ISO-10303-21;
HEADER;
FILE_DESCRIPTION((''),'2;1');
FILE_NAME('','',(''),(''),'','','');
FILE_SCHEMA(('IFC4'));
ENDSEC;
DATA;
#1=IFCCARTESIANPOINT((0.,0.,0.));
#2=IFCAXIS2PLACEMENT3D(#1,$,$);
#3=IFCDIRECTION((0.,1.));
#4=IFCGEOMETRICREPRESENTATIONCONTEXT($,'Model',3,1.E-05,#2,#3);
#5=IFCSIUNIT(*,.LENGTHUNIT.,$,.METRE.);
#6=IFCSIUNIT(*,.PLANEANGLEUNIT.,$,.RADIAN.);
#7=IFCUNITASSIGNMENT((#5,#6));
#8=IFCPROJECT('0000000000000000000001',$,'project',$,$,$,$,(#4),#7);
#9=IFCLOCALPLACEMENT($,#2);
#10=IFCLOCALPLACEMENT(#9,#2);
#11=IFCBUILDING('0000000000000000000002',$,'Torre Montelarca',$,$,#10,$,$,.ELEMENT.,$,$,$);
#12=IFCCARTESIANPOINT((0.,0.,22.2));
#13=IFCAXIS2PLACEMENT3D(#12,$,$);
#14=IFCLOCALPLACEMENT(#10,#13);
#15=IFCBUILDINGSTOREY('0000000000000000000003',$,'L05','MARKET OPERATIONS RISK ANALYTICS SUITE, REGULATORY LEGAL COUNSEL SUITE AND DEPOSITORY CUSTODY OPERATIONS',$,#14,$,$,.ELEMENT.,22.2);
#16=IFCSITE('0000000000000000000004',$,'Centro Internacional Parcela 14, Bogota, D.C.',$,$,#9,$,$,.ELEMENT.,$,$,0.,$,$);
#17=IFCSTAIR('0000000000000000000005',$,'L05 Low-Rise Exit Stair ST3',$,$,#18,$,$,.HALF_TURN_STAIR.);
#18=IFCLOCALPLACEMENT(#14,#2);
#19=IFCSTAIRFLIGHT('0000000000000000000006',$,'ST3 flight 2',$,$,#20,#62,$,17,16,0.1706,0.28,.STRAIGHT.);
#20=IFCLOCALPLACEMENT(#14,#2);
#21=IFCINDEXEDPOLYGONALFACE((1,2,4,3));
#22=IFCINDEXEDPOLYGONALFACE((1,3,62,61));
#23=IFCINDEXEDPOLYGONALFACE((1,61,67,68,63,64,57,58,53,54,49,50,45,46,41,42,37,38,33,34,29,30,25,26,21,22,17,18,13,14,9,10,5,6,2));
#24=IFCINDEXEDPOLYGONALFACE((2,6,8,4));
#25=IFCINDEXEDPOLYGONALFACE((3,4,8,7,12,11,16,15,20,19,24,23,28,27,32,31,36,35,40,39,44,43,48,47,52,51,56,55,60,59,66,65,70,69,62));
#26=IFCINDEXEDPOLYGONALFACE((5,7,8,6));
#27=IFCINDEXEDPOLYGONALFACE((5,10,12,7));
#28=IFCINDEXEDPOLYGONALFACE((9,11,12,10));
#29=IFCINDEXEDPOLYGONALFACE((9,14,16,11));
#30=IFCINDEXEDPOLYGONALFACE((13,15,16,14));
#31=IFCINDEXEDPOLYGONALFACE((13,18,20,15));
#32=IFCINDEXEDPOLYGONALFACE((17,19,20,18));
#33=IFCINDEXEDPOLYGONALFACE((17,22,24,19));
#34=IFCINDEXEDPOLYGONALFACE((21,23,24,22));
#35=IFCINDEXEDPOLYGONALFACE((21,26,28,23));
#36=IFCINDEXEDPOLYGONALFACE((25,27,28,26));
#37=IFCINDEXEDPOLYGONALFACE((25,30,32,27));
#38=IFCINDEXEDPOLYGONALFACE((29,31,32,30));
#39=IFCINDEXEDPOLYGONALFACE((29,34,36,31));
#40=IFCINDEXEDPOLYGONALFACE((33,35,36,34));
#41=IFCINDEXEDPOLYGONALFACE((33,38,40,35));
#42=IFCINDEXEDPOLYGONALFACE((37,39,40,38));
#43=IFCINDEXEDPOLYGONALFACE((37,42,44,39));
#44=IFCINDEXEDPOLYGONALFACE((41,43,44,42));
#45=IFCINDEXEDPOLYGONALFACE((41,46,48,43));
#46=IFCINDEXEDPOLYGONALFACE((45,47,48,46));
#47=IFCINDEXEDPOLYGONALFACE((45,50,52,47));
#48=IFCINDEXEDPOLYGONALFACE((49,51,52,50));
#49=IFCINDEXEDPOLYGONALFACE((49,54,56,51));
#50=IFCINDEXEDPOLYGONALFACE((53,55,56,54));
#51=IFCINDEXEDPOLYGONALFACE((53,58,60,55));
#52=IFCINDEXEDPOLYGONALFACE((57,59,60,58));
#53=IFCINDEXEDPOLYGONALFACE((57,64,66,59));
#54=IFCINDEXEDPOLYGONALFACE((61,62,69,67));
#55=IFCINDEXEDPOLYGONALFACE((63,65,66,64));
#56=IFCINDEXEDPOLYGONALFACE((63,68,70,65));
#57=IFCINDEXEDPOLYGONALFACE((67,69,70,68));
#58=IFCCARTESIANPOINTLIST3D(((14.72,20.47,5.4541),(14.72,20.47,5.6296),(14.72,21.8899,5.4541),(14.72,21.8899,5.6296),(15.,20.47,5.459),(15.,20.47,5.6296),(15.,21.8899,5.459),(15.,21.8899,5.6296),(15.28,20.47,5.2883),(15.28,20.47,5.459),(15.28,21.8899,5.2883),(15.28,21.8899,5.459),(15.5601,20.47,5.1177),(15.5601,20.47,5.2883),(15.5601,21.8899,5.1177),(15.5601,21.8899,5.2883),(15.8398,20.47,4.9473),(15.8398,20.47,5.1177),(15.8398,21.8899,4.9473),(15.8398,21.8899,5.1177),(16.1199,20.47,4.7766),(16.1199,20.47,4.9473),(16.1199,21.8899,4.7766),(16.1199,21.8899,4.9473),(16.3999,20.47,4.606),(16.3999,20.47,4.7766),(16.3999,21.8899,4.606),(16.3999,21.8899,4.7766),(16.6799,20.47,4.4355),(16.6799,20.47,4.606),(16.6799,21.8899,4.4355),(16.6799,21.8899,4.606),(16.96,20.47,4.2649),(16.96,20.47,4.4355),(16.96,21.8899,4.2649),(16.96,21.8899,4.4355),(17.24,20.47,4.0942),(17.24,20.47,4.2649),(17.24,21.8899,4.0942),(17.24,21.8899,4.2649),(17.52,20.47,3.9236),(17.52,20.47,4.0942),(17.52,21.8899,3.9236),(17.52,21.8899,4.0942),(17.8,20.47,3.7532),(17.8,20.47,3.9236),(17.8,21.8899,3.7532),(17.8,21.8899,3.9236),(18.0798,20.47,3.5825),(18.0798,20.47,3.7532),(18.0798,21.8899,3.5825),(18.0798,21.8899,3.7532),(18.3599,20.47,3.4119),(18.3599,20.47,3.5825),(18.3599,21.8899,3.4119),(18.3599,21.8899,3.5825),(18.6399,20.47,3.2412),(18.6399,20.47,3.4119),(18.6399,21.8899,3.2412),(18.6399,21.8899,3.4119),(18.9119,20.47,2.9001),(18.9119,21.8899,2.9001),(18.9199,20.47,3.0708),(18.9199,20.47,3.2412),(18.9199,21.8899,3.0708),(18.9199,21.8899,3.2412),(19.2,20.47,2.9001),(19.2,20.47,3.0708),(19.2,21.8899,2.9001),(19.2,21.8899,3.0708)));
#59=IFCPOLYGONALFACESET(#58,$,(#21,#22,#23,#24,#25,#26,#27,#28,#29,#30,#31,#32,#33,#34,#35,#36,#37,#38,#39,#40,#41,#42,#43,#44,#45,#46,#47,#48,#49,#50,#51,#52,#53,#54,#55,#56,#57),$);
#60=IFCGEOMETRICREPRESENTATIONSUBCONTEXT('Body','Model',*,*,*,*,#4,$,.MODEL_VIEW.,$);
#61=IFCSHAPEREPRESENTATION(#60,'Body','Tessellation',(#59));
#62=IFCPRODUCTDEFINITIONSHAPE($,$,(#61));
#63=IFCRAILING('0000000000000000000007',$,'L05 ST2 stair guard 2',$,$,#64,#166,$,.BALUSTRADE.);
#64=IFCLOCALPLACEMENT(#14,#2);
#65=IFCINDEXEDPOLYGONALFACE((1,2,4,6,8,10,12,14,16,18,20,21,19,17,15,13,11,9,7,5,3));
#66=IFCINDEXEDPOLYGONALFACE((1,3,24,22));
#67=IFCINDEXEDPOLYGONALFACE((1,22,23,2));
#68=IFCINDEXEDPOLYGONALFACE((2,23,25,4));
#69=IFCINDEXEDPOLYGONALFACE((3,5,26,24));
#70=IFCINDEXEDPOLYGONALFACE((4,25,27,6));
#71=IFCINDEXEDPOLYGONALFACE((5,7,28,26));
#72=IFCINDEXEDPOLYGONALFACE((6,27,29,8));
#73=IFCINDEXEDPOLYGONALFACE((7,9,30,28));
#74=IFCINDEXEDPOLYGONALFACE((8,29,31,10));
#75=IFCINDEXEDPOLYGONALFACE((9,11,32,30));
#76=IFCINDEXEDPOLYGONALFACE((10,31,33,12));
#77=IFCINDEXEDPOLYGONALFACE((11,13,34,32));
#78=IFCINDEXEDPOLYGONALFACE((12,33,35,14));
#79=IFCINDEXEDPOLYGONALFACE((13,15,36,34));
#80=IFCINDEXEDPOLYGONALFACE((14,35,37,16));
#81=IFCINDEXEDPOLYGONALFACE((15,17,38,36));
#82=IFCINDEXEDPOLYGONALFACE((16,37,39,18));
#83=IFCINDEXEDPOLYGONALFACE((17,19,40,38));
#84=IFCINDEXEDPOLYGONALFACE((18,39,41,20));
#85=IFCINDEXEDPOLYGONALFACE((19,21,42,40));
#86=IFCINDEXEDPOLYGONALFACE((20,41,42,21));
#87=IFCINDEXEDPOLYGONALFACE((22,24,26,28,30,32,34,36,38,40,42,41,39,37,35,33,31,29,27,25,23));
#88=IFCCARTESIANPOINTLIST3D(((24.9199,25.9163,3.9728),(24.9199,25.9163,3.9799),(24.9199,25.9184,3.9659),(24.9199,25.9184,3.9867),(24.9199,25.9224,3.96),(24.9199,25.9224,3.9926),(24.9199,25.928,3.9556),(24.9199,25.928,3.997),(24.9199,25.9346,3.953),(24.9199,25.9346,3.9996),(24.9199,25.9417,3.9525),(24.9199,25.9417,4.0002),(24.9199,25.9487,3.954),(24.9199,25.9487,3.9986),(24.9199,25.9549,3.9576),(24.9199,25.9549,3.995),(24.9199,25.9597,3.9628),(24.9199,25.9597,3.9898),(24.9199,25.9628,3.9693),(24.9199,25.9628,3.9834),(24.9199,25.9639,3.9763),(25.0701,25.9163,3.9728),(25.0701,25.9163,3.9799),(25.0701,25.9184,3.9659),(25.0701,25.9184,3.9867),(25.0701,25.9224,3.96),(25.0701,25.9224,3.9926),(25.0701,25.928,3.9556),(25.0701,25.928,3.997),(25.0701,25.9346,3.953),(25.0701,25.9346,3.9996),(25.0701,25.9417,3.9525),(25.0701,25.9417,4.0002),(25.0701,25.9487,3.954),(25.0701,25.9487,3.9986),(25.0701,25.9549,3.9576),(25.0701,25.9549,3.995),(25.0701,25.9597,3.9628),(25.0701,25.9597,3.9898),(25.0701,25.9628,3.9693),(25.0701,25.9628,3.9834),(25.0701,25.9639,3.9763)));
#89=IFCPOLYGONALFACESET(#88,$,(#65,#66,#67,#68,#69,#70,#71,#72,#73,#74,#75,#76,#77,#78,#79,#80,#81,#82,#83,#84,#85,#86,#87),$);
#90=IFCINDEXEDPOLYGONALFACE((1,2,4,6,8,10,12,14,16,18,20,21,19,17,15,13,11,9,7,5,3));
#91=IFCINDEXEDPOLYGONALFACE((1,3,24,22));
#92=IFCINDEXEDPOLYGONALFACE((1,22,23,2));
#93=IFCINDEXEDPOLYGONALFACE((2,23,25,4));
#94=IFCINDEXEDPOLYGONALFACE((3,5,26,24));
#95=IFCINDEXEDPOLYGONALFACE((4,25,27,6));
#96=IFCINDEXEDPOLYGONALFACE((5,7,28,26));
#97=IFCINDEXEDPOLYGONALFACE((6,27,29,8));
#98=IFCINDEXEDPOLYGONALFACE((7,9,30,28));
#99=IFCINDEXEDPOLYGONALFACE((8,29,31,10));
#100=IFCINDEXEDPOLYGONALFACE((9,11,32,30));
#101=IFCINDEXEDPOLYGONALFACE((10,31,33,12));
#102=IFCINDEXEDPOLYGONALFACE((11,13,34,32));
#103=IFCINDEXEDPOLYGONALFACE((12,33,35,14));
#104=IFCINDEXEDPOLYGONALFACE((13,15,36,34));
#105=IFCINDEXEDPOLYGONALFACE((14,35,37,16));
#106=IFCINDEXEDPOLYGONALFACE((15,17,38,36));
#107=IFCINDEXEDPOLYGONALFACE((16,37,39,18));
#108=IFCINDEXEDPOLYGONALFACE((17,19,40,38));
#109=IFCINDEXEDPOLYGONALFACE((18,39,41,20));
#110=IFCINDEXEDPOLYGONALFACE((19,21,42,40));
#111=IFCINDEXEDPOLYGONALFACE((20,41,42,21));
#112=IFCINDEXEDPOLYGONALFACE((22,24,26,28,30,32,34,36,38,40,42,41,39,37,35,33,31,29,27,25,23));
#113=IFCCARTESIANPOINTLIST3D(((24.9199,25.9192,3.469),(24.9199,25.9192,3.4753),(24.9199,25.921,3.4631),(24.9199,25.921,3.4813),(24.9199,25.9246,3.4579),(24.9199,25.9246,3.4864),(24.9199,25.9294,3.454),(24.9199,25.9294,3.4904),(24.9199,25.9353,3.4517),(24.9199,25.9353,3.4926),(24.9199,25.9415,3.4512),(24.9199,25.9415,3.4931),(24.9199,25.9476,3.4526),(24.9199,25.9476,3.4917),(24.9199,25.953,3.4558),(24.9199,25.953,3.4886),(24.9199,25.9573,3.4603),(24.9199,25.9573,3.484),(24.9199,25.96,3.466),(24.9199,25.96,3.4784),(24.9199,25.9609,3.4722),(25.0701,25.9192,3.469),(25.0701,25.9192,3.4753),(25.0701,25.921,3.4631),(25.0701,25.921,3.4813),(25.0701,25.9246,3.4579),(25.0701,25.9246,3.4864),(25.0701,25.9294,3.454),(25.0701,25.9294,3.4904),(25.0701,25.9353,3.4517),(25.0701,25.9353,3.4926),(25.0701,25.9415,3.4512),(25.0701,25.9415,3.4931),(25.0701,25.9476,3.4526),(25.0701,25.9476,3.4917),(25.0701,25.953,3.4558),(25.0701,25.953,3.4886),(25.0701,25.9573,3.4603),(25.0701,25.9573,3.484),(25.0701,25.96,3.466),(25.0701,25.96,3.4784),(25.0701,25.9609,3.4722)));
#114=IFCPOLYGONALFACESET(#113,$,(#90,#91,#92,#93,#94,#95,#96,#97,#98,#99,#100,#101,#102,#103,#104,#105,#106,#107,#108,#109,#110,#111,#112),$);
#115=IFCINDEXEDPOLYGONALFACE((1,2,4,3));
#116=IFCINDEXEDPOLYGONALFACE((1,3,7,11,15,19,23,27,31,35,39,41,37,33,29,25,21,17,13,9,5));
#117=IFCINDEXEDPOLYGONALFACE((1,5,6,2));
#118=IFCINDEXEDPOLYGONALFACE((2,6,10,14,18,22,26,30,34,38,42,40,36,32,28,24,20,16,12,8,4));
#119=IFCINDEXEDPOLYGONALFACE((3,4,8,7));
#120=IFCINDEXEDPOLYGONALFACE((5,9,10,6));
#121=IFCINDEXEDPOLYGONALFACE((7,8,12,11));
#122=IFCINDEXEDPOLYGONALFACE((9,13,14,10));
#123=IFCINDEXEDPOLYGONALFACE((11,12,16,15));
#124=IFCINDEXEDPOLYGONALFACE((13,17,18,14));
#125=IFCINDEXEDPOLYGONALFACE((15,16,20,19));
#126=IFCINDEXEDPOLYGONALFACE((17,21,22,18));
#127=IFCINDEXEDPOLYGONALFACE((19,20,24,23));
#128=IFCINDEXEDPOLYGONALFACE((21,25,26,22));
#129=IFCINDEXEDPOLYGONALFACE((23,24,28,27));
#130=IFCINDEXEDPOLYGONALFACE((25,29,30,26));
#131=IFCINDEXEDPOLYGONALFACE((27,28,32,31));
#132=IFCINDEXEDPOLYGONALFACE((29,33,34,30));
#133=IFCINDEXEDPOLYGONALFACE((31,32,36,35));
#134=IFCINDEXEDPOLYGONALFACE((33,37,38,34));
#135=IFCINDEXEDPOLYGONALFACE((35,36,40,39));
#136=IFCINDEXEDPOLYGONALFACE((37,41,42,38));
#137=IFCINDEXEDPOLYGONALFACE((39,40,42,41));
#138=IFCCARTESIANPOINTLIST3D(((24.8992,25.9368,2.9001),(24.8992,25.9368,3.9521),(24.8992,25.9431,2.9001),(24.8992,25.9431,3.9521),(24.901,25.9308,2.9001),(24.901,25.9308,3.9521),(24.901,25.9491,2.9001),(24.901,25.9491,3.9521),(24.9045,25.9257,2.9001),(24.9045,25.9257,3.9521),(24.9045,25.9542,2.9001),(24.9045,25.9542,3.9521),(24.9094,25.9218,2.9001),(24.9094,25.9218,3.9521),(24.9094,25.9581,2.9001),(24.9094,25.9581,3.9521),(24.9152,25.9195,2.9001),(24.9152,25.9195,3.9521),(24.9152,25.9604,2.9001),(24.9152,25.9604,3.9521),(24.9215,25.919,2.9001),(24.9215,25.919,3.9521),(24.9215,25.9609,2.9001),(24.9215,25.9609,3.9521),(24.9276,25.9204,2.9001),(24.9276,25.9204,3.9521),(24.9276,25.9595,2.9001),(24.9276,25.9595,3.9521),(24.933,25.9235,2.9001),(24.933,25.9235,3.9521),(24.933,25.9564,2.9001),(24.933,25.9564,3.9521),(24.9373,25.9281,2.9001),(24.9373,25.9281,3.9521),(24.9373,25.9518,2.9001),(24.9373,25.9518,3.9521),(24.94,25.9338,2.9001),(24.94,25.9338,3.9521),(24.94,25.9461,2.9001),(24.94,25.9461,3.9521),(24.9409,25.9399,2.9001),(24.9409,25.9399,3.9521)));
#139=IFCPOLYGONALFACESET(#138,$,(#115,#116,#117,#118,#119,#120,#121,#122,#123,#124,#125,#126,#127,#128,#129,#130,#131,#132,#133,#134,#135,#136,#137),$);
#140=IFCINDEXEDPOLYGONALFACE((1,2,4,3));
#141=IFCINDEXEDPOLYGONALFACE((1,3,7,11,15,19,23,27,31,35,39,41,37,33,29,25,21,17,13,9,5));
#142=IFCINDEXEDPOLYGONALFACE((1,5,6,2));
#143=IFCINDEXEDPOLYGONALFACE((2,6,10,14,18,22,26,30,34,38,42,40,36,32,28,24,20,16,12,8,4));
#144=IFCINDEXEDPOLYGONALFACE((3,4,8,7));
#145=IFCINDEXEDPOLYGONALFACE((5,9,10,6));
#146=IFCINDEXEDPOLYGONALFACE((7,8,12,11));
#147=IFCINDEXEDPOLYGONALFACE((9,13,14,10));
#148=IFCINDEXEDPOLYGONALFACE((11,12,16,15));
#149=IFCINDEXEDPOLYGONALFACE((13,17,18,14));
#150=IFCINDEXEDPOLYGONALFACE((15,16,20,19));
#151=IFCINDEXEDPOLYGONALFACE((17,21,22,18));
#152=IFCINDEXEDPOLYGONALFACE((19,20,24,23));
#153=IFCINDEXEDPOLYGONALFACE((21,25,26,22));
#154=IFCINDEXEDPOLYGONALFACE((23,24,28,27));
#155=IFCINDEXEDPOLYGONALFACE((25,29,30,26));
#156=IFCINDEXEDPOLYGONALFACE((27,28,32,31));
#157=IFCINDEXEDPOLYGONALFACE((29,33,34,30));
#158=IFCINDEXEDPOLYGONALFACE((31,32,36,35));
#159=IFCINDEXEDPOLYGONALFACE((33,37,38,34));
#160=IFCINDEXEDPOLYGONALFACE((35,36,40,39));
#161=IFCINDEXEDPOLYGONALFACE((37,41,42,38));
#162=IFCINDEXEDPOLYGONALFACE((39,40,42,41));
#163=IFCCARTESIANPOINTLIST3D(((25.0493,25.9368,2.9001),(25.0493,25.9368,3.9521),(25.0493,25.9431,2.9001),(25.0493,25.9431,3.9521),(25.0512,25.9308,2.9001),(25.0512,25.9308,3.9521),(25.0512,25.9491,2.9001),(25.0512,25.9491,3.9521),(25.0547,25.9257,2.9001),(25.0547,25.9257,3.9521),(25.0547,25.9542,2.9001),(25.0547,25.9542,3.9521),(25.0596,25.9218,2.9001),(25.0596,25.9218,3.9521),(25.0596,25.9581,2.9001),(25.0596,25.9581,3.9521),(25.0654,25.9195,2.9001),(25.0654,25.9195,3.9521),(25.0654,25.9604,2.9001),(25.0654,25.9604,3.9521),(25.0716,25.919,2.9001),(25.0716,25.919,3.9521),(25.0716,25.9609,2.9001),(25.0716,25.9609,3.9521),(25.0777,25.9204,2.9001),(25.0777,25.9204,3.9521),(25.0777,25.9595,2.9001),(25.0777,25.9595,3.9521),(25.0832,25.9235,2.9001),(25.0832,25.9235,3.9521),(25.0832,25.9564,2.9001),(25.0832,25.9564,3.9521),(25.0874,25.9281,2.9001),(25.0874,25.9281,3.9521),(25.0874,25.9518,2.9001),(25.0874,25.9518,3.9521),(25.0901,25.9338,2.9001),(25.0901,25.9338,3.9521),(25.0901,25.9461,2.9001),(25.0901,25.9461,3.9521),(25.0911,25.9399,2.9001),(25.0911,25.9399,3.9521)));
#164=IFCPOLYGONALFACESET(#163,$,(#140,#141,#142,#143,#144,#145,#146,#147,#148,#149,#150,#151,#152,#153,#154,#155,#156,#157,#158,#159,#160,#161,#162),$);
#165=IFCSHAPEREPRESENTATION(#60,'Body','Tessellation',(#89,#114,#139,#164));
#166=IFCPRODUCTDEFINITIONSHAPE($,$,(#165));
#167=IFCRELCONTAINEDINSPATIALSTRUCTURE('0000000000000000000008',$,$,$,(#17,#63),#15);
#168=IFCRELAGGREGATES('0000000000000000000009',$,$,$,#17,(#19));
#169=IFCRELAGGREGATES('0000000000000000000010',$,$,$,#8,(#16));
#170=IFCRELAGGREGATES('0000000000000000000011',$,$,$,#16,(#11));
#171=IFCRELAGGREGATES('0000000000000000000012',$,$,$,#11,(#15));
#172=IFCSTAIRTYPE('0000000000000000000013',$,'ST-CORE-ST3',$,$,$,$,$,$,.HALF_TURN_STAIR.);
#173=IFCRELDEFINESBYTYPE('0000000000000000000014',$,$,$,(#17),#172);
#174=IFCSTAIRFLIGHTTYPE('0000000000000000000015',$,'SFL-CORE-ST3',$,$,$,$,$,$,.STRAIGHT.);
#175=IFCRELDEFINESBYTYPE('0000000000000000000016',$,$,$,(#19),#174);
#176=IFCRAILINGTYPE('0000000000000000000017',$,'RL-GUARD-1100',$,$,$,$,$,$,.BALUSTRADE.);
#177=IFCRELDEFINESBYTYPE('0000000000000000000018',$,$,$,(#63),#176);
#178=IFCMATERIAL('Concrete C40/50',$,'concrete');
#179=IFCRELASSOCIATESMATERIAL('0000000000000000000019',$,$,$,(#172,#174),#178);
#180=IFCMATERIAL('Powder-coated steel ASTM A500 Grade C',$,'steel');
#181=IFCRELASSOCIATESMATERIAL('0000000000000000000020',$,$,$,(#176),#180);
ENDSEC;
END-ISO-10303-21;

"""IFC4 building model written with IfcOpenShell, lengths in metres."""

from ifc_helpers import new_model, si_unit, direction, frame, origin, origin_2d, place, context, subcontext, project, spatial, polyline, circle, outline, extrude, material, type_object, element, aggregate, save


model = new_model("IFC4")

# Units and contexts
model_context = context("Model", 3, precision=1e-05, world=origin(), true_north=direction((0.0, 1.0)))
body_context = subcontext(model_context, "Body", "Model", "MODEL_VIEW")
ifc_project = project(units=[si_unit("LENGTHUNIT", "METRE"), si_unit("PLANEANGLEUNIT", "RADIAN")], contexts=[model_context])

# Site, building, storey
site_placement = place(None, origin())
site = spatial("IfcSite", under=ifc_project, at=site_placement, Name="Centro Internacional Parcela 14, Bogota, D.C.", CompositionType="ELEMENT", RefElevation=0.0)
building_placement = place(site_placement, origin())
building = spatial("IfcBuilding", under=site, at=building_placement, Name="Torre Montelarca", CompositionType="ELEMENT")
storey_placement = place(building_placement, frame((0.0, 0.0, 22.2)))
storey = spatial("IfcBuildingStorey", under=building, at=storey_placement, Name="L05", Description="MARKET OPERATIONS RISK ANALYTICS SUITE, REGULATORY LEGAL COUNSEL SUITE AND DEPOSITORY CUSTODY OPERATIONS", CompositionType="ELEMENT", Elevation=22.2)

# Shared definitions
ifc_material_1 = material(Name="Concrete C40/50", Category="concrete")

# Stair, stair flight
stair_type_1 = type_object("IfcStairType", Name="ST-CORE-ST3", PredefinedType="HALF_TURN_STAIR", material=ifc_material_1)
stair_1_placement = place(storey_placement, origin())
stair_1 = element("IfcStair", 1, at=stair_1_placement, inside=storey, type_object=stair_type_1, Name="L05 Low-Rise Exit Stair ST3", PredefinedType="HALF_TURN_STAIR")
stair_flight_type_1 = type_object("IfcStairFlightType", Name="SFL-CORE-ST3", PredefinedType="STRAIGHT", material=ifc_material_1)
stair_flight_1_placement = place(storey_placement, frame((19.2, 21.1799, 2.9001), z_axis=(0.0, 0.0, 1.0), x_axis=(-1.0, 0.0, 0.0)))
stair_flight_1 = element("IfcStairFlight", 2, at=stair_flight_1_placement, type_object=stair_flight_type_1, Name="ST3 flight 2", NumberOfRisers=17, NumberOfTreads=16, PredefinedType="STRAIGHT", RiserHeight=0.1706, TreadLength=0.28, context=body_context, shape_type="SweptSolid", body=[
    extrude(outline(polyline([(0.0, 0.0), (0.0, 0.1707), (0.28, 0.1707), (0.28, 0.3411), (0.5601, 0.3411), (0.5601, 0.5117), (0.8401, 0.5117), (0.8401, 0.6824), (1.1201, 0.6824), (1.1201, 0.853), (1.3999, 0.853), (1.3999, 1.0234), (1.6799, 1.0234), (1.6799, 1.1941), (1.96, 1.1941), (1.96, 1.3647), (2.24, 1.3647), (2.24, 1.5354), (2.52, 1.5354), (2.52, 1.7058), (2.8, 1.7058), (2.8, 1.8765), (3.0801, 1.8765), (3.0801, 2.0471), (3.3601, 2.0471), (3.3601, 2.2175), (3.6399, 2.2175), (3.6399, 2.3882), (3.9199, 2.3882), (3.9199, 2.5588), (4.2, 2.5588), (4.2, 2.7295), (4.48, 2.7295), (4.48, 2.8999), (4.48, 2.554), (0.2881, 0.0), (0.0, 0.0)])), frame((0.0, 0.71, 0.0), z_axis=(0.0, -1.0, 0.0), x_axis=(1.0, 0.0, 0.0)), (0.0, 0.0, 1.0), 1.4199),
])
aggregate(stair_1, [stair_flight_1])

# Railing
ifc_material_2 = material(Name="Powder-coated steel ASTM A500 Grade C", Category="steel")
railing_type_1 = type_object("IfcRailingType", Name="RL-GUARD-1100", PredefinedType="BALUSTRADE", material=ifc_material_2)
railing_1_placement = place(storey_placement, frame((24.9199, 25.9399, 2.9001)))
element("IfcRailing", 3, at=railing_1_placement, inside=storey, type_object=railing_type_1, Name="L05 ST2 stair guard 2", PredefinedType="BALUSTRADE", context=body_context, shape_type="SweptSolid", body=[
    extrude(circle(Radius=0.0239, at=origin_2d()), frame((0.0, 0.0, 1.0762), z_axis=(1.0, 0.0, 0.0), x_axis=(0.0, 1.0, 0.0)), (0.0, 0.0, 1.0), 0.1501),
    extrude(circle(Radius=0.021, at=origin_2d()), frame((0.0, 0.0, 0.572), z_axis=(1.0, 0.0, 0.0), x_axis=(0.0, 1.0, 0.0)), (0.0, 0.0, 1.0), 0.1501),
    extrude(circle(Radius=0.021, at=origin_2d()), origin(), (0.0, 0.0, 1.0), 1.052),
    extrude(circle(Radius=0.021, at=origin_2d()), frame((0.1501, 0.0, 0.0)), (0.0, 0.0, 1.0), 1.052),
])

save(model, "model.ifc")
